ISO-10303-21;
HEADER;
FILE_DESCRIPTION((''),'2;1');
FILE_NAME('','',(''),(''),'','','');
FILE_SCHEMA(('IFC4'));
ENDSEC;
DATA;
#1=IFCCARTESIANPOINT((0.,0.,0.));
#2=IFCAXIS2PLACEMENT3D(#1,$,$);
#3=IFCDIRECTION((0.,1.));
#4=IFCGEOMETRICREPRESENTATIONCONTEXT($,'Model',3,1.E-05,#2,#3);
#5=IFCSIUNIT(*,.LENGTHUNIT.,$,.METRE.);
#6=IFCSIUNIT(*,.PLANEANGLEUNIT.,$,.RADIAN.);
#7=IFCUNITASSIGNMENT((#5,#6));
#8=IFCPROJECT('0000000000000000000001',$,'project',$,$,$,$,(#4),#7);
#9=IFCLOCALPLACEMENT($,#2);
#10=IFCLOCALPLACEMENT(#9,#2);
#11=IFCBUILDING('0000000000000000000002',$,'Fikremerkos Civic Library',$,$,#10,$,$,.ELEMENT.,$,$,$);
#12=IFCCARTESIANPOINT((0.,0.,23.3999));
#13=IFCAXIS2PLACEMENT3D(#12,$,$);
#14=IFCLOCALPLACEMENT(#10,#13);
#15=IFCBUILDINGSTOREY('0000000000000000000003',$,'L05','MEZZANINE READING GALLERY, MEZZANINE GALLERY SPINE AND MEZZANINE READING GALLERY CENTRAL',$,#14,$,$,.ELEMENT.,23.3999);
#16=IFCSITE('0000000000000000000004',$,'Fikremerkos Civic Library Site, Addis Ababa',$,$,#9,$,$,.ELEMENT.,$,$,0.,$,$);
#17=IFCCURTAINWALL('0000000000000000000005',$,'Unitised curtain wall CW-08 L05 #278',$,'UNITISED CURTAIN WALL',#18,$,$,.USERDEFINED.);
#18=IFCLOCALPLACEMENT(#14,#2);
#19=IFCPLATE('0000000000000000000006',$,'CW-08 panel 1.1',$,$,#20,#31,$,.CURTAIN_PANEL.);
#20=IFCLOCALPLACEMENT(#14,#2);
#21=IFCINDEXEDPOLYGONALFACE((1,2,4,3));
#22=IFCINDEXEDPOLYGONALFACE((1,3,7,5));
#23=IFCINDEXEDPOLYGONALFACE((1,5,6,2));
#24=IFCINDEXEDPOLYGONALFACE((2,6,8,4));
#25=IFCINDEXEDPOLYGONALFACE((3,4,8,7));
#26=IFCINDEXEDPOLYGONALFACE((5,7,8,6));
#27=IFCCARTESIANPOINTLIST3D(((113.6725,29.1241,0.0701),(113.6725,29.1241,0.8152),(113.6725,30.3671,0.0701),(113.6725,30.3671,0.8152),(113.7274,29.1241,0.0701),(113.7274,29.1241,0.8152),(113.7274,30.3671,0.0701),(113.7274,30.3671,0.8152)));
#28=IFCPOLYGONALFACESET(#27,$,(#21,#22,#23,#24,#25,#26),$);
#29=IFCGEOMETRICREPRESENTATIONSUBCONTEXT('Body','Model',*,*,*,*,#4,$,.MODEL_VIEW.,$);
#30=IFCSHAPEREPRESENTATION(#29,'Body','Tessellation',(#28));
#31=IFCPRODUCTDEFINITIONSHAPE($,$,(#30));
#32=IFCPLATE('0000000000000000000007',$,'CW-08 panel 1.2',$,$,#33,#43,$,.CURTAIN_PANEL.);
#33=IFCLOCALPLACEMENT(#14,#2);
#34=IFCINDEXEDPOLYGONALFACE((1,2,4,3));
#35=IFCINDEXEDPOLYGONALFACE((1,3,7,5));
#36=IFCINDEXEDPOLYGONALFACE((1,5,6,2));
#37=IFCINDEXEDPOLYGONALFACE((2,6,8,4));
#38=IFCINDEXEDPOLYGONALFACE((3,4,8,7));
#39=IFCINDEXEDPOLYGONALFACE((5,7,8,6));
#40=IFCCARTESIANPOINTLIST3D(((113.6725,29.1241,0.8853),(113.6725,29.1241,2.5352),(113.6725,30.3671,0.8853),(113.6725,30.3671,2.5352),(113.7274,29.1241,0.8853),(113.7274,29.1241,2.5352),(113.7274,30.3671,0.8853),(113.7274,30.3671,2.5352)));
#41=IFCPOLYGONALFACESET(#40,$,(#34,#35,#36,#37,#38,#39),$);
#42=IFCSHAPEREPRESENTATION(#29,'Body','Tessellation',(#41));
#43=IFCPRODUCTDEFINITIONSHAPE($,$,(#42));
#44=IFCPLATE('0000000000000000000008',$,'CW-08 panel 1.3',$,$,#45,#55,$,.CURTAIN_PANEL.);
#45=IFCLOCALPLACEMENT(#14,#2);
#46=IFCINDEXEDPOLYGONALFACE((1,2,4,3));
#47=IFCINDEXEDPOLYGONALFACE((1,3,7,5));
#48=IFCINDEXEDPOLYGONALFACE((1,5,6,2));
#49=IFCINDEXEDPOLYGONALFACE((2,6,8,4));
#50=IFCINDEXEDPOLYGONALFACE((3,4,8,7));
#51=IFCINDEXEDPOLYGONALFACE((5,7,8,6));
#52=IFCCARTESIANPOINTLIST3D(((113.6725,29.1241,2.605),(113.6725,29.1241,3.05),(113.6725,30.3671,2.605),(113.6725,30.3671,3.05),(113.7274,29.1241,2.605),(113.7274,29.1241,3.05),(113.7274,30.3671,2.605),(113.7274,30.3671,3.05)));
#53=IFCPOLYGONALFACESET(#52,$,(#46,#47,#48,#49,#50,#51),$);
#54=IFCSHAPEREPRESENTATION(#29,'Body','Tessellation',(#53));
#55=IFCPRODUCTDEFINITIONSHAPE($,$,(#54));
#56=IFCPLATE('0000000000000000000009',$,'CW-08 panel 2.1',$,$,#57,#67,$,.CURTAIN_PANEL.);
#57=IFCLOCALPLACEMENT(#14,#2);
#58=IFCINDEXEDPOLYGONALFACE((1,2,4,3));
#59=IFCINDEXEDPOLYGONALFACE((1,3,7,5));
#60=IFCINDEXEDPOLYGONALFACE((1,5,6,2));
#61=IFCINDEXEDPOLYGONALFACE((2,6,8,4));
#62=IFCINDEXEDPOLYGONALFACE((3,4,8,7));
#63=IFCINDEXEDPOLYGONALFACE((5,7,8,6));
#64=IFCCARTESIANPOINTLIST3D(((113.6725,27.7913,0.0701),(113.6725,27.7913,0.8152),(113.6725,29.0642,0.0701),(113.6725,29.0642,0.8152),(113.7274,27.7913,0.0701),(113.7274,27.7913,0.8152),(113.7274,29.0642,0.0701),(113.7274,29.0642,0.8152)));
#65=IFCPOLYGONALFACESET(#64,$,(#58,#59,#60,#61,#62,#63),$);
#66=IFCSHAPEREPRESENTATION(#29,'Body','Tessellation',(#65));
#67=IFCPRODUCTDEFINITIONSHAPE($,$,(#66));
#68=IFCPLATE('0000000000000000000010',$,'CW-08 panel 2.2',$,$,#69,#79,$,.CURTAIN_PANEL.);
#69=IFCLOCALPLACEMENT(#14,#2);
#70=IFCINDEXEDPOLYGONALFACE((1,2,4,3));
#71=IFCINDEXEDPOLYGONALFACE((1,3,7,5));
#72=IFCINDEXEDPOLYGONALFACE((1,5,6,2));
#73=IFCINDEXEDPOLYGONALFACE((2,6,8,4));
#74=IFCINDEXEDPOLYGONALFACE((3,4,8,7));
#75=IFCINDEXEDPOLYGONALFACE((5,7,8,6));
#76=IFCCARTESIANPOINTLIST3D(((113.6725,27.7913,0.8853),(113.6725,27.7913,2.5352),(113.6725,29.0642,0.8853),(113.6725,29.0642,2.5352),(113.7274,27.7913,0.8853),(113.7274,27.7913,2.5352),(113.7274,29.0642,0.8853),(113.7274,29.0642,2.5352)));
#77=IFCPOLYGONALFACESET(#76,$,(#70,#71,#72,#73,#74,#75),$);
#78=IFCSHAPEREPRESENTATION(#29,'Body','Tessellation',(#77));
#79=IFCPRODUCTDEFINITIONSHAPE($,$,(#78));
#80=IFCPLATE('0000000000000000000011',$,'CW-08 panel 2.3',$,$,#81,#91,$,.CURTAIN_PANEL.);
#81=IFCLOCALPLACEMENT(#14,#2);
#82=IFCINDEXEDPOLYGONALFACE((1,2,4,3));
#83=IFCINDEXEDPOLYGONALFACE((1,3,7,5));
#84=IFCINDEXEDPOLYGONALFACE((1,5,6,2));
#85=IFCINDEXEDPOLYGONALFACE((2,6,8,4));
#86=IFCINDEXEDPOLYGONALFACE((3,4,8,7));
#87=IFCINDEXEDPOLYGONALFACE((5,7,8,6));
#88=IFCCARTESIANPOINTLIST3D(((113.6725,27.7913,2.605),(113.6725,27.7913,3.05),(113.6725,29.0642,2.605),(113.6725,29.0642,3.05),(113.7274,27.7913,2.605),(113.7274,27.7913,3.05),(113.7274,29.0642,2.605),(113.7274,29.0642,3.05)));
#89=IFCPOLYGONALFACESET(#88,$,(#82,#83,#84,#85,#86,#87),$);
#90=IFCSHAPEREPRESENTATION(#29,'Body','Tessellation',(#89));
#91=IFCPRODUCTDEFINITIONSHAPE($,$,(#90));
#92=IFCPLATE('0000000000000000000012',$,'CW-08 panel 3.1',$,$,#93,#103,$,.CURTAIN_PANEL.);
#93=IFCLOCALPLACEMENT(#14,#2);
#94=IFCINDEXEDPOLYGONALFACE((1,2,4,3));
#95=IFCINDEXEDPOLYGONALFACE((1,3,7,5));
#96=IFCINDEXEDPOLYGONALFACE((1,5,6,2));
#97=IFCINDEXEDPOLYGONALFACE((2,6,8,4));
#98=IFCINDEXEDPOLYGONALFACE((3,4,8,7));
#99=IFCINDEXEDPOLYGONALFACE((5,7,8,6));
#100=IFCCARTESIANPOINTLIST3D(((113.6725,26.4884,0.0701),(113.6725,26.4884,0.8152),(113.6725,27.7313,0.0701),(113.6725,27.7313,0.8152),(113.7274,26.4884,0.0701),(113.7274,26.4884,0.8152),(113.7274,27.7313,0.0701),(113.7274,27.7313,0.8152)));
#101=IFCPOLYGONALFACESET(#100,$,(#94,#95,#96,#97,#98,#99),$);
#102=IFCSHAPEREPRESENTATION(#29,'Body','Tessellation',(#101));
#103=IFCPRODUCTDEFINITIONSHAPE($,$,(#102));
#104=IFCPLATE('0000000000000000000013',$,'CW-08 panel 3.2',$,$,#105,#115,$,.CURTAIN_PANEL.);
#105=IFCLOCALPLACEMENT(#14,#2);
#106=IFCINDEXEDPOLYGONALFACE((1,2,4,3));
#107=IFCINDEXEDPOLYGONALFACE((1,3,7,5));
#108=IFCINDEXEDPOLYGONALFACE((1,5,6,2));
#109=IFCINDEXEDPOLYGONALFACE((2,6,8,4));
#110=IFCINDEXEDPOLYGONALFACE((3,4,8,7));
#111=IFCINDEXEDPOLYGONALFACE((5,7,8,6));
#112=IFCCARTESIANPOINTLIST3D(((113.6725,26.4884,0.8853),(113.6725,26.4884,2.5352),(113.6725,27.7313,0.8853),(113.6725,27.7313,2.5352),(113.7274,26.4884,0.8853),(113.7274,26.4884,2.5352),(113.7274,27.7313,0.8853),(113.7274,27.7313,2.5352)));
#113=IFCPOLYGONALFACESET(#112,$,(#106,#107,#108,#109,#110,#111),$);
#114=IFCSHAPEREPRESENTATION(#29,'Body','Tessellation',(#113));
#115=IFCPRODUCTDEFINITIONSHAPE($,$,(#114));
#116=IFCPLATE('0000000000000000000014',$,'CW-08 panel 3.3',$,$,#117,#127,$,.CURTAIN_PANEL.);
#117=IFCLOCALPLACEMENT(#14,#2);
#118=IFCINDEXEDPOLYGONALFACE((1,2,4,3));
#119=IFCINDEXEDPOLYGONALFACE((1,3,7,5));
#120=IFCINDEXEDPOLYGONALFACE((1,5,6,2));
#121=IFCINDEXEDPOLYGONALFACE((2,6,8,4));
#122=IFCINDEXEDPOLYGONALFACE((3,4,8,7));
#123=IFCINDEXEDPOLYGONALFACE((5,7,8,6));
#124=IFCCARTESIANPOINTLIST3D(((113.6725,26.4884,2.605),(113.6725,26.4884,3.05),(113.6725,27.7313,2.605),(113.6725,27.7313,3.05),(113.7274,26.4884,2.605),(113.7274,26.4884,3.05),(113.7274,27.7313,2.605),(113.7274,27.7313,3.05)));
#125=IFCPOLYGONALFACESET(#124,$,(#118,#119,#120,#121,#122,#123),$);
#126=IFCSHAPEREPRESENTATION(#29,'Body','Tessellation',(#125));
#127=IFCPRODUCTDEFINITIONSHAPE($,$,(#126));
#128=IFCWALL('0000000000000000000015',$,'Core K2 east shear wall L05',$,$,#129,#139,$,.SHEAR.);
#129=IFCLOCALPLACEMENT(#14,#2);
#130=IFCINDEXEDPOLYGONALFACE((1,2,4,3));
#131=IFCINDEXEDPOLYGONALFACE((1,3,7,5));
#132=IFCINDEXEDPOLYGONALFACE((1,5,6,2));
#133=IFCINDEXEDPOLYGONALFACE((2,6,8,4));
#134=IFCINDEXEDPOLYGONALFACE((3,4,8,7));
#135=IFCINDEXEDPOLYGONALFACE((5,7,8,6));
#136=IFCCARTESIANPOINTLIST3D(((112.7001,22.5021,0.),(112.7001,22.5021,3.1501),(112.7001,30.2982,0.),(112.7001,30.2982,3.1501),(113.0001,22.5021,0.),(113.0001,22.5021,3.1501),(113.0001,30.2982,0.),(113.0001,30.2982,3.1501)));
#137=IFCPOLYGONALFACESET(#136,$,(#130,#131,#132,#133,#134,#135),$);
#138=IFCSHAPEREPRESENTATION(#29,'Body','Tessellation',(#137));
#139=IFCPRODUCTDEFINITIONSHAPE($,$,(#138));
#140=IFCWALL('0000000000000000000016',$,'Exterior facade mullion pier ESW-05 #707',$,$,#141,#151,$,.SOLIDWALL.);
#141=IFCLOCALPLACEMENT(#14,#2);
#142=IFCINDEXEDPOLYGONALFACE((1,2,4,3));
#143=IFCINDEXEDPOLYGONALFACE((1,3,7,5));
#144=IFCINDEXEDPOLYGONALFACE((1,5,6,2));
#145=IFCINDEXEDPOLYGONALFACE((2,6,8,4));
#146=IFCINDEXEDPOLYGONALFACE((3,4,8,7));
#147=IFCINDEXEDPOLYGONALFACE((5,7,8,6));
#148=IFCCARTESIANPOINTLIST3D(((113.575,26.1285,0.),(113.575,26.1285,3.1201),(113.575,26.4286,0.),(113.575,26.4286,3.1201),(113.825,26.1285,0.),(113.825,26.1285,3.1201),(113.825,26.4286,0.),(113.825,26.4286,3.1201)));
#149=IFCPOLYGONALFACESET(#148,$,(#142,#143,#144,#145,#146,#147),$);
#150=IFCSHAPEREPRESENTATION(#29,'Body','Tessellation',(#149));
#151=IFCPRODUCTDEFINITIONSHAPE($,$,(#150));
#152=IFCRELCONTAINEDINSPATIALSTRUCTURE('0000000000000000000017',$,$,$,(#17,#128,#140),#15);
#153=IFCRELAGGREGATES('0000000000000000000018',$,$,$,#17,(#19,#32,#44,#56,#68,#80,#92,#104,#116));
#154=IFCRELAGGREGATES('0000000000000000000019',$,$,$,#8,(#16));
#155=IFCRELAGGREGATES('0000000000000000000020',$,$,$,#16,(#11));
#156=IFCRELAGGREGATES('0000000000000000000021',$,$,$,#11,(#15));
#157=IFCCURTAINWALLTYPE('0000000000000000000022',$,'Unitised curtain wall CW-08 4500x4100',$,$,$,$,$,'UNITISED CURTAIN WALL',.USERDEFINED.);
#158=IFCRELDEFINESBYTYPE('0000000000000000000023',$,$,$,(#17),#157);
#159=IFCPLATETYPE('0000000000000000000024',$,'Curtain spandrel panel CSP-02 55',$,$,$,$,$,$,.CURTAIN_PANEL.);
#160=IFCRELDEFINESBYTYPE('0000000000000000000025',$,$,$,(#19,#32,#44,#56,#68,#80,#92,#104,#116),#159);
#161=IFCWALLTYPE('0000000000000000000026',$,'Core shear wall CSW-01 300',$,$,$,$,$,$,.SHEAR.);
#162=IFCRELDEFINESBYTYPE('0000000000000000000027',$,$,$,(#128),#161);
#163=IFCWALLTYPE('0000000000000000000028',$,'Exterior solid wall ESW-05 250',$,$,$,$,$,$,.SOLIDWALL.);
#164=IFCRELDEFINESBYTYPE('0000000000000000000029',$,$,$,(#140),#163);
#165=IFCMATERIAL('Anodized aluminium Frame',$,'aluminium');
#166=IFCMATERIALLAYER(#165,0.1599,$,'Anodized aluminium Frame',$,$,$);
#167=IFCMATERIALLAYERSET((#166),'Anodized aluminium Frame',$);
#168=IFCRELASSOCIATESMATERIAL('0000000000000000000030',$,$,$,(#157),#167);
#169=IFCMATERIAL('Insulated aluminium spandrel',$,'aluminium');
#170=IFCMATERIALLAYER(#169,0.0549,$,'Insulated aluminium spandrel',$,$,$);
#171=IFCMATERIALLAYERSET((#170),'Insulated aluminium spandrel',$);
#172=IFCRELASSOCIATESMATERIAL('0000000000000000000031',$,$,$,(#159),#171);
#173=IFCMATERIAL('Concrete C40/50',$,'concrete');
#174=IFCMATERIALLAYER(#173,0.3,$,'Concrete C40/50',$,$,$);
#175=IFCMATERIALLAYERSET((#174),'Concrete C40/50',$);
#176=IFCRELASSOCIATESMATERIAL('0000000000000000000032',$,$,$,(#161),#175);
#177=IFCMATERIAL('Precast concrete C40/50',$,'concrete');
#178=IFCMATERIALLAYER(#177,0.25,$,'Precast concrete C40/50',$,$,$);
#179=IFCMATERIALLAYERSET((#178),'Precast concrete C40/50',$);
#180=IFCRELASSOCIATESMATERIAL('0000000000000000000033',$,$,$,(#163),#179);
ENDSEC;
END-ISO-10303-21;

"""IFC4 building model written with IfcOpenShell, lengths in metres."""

from ifc_helpers import new_model, si_unit, direction, frame, frame_2d, origin, origin_2d, place, context, subcontext, project, spatial, rectangle, extrude, material, layer, layer_set, type_object, element, aggregate, save


model = new_model("IFC4")

# Units and contexts
model_context = context("Model", 3, precision=1e-05, world=origin(), true_north=direction((0.0, 1.0)))
body_context = subcontext(model_context, "Body", "Model", "MODEL_VIEW")
ifc_project = project(units=[si_unit("LENGTHUNIT", "METRE"), si_unit("PLANEANGLEUNIT", "RADIAN")], contexts=[model_context])

# Site, building, storey
site_placement = place(None, origin())
site = spatial("IfcSite", under=ifc_project, at=site_placement, Name="Fikremerkos Civic Library Site, Addis Ababa", CompositionType="ELEMENT", RefElevation=0.0)
building_placement = place(site_placement, origin())
building = spatial("IfcBuilding", under=site, at=building_placement, Name="Fikremerkos Civic Library", CompositionType="ELEMENT")
storey_placement = place(building_placement, frame((0.0, 0.0, 23.3999)))
storey = spatial("IfcBuildingStorey", under=building, at=storey_placement, Name="L05", Description="MEZZANINE READING GALLERY, MEZZANINE GALLERY SPINE AND MEZZANINE READING GALLERY CENTRAL", CompositionType="ELEMENT", Elevation=23.3999)

# Curtain wall, plates
ifc_material_1 = material(Name="Anodized aluminium Frame", Category="aluminium")
ifc_layer_1 = layer(ifc_material_1, 0.1599, Name="Anodized aluminium Frame")
ifc_layer_set_1 = layer_set([ifc_layer_1], Name="Anodized aluminium Frame")
curtain_wall_type = type_object("IfcCurtainWallType", Name="Unitised curtain wall CW-08 4500x4100", ElementType="UNITISED CURTAIN WALL", PredefinedType="USERDEFINED", material=ifc_layer_set_1)
curtain_wall_placement = place(storey_placement, origin())
curtain_wall = element("IfcCurtainWall", 1, at=curtain_wall_placement, inside=storey, type_object=curtain_wall_type, Name="Unitised curtain wall CW-08 L05 #278", ObjectType="UNITISED CURTAIN WALL", PredefinedType="USERDEFINED")
ifc_material_2 = material(Name="Insulated aluminium spandrel", Category="aluminium")
ifc_layer_2 = layer(ifc_material_2, 0.0549, Name="Insulated aluminium spandrel")
ifc_layer_set_2 = layer_set([ifc_layer_2], Name="Insulated aluminium spandrel")
plate_type = type_object("IfcPlateType", Name="Curtain spandrel panel CSP-02 55", PredefinedType="CURTAIN_PANEL", material=ifc_layer_set_2)
plate_1_placement = place(storey_placement, frame((113.7, 29.7456, 0.0701), z_axis=(0.0, 0.0, 1.0), x_axis=(0.0, -1.0, 0.0)))
plate_1 = element("IfcPlate", 2, at=plate_1_placement, type_object=plate_type, Name="CW-08 panel 1.1", PredefinedType="CURTAIN_PANEL", context=body_context, shape_type="SweptSolid", body=[
    extrude(rectangle(XDim=1.2429, YDim=0.0549, at=origin_2d()), origin(), (0.0, 0.0, 1.0), 0.7451),
])
plate_2_placement = place(storey_placement, frame((113.7, 29.7456, 0.8853), z_axis=(0.0, 0.0, 1.0), x_axis=(0.0, -1.0, 0.0)))
plate_2 = element("IfcPlate", 3, at=plate_2_placement, type_object=plate_type, Name="CW-08 panel 1.2", PredefinedType="CURTAIN_PANEL", context=body_context, shape_type="SweptSolid", body=[
    extrude(rectangle(XDim=1.2429, YDim=0.0549, at=origin_2d()), origin(), (0.0, 0.0, 1.0), 1.6499),
])
plate_3_placement = place(storey_placement, frame((113.7, 29.7456, 2.605), z_axis=(0.0, 0.0, 1.0), x_axis=(0.0, -1.0, 0.0)))
plate_3 = element("IfcPlate", 4, at=plate_3_placement, type_object=plate_type, Name="CW-08 panel 1.3", PredefinedType="CURTAIN_PANEL", context=body_context, shape_type="SweptSolid", body=[
    extrude(rectangle(XDim=1.2429, YDim=0.0549, at=origin_2d()), origin(), (0.0, 0.0, 1.0), 0.4451),
])
plate_4_placement = place(storey_placement, frame((113.7, 28.4277, 0.0701), z_axis=(0.0, 0.0, 1.0), x_axis=(0.0, -1.0, 0.0)))
plate_4 = element("IfcPlate", 5, at=plate_4_placement, type_object=plate_type, Name="CW-08 panel 2.1", PredefinedType="CURTAIN_PANEL", context=body_context, shape_type="SweptSolid", body=[
    extrude(rectangle(XDim=1.2729, YDim=0.0549, at=origin_2d()), origin(), (0.0, 0.0, 1.0), 0.7451),
])
plate_5_placement = place(storey_placement, frame((113.7, 28.4277, 0.8853), z_axis=(0.0, 0.0, 1.0), x_axis=(0.0, -1.0, 0.0)))
plate_5 = element("IfcPlate", 6, at=plate_5_placement, type_object=plate_type, Name="CW-08 panel 2.2", PredefinedType="CURTAIN_PANEL", context=body_context, shape_type="SweptSolid", body=[
    extrude(rectangle(XDim=1.2729, YDim=0.0549, at=origin_2d()), origin(), (0.0, 0.0, 1.0), 1.6499),
])
plate_6_placement = place(storey_placement, frame((113.7, 28.4277, 2.605), z_axis=(0.0, 0.0, 1.0), x_axis=(0.0, -1.0, 0.0)))
plate_6 = element("IfcPlate", 7, at=plate_6_placement, type_object=plate_type, Name="CW-08 panel 2.3", PredefinedType="CURTAIN_PANEL", context=body_context, shape_type="SweptSolid", body=[
    extrude(rectangle(XDim=1.2729, YDim=0.0549, at=origin_2d()), origin(), (0.0, 0.0, 1.0), 0.4451),
])
plate_7_placement = place(storey_placement, frame((113.7, 27.1099, 0.0701), z_axis=(0.0, 0.0, 1.0), x_axis=(0.0, -1.0, 0.0)))
plate_7 = element("IfcPlate", 8, at=plate_7_placement, type_object=plate_type, Name="CW-08 panel 3.1", PredefinedType="CURTAIN_PANEL", context=body_context, shape_type="SweptSolid", body=[
    extrude(rectangle(XDim=1.2429, YDim=0.0549, at=origin_2d()), origin(), (0.0, 0.0, 1.0), 0.7451),
])
plate_8_placement = place(storey_placement, frame((113.7, 27.1099, 0.8853), z_axis=(0.0, 0.0, 1.0), x_axis=(0.0, -1.0, 0.0)))
plate_8 = element("IfcPlate", 9, at=plate_8_placement, type_object=plate_type, Name="CW-08 panel 3.2", PredefinedType="CURTAIN_PANEL", context=body_context, shape_type="SweptSolid", body=[
    extrude(rectangle(XDim=1.2429, YDim=0.0549, at=origin_2d()), origin(), (0.0, 0.0, 1.0), 1.6499),
])
plate_9_placement = place(storey_placement, frame((113.7, 27.1099, 2.605), z_axis=(0.0, 0.0, 1.0), x_axis=(0.0, -1.0, 0.0)))
plate_9 = element("IfcPlate", 10, at=plate_9_placement, type_object=plate_type, Name="CW-08 panel 3.3", PredefinedType="CURTAIN_PANEL", context=body_context, shape_type="SweptSolid", body=[
    extrude(rectangle(XDim=1.2429, YDim=0.0549, at=origin_2d()), origin(), (0.0, 0.0, 1.0), 0.4451),
])
aggregate(curtain_wall, [plate_1, plate_2, plate_3, plate_4, plate_5, plate_6, plate_7, plate_8, plate_9])

# Walls
ifc_material_3 = material(Name="Concrete C40/50", Category="concrete")
ifc_layer_3 = layer(ifc_material_3, 0.3, Name="Concrete C40/50")
ifc_layer_set_3 = layer_set([ifc_layer_3], Name="Concrete C40/50")
wall_type_1 = type_object("IfcWallType", Name="Core shear wall CSW-01 300", PredefinedType="SHEAR", material=ifc_layer_set_3)
wall_1_placement = place(storey_placement, frame((112.8501, 30.2981, 0.0), z_axis=(0.0, 0.0, 1.0), x_axis=(0.0, -1.0, 0.0)))
element("IfcWall", 11, at=wall_1_placement, inside=storey, type_object=wall_type_1, Name="Core K2 east shear wall L05", PredefinedType="SHEAR", context=body_context, shape_type="SweptSolid", body=[
    extrude(rectangle(XDim=7.7961, YDim=0.3, at=frame_2d((3.8979, 0.0))), origin(), (0.0, 0.0, 1.0), 3.1501),
])
ifc_material_4 = material(Name="Precast concrete C40/50", Category="concrete")
ifc_layer_4 = layer(ifc_material_4, 0.25, Name="Precast concrete C40/50")
ifc_layer_set_4 = layer_set([ifc_layer_4], Name="Precast concrete C40/50")
wall_type_2 = type_object("IfcWallType", Name="Exterior solid wall ESW-05 250", PredefinedType="SOLIDWALL", material=ifc_layer_set_4)
wall_2_placement = place(storey_placement, frame((113.7, 26.4285, 0.0), z_axis=(0.0, 0.0, 1.0), x_axis=(0.0, -1.0, 0.0)))
element("IfcWall", 12, at=wall_2_placement, inside=storey, type_object=wall_type_2, Name="Exterior facade mullion pier ESW-05 #707", PredefinedType="SOLIDWALL", context=body_context, shape_type="SweptSolid", body=[
    extrude(rectangle(XDim=0.3, YDim=0.25, at=frame_2d((0.1499, 0.0))), origin(), (0.0, 0.0, 1.0), 3.1201),
])

save(model, "model.ifc")
